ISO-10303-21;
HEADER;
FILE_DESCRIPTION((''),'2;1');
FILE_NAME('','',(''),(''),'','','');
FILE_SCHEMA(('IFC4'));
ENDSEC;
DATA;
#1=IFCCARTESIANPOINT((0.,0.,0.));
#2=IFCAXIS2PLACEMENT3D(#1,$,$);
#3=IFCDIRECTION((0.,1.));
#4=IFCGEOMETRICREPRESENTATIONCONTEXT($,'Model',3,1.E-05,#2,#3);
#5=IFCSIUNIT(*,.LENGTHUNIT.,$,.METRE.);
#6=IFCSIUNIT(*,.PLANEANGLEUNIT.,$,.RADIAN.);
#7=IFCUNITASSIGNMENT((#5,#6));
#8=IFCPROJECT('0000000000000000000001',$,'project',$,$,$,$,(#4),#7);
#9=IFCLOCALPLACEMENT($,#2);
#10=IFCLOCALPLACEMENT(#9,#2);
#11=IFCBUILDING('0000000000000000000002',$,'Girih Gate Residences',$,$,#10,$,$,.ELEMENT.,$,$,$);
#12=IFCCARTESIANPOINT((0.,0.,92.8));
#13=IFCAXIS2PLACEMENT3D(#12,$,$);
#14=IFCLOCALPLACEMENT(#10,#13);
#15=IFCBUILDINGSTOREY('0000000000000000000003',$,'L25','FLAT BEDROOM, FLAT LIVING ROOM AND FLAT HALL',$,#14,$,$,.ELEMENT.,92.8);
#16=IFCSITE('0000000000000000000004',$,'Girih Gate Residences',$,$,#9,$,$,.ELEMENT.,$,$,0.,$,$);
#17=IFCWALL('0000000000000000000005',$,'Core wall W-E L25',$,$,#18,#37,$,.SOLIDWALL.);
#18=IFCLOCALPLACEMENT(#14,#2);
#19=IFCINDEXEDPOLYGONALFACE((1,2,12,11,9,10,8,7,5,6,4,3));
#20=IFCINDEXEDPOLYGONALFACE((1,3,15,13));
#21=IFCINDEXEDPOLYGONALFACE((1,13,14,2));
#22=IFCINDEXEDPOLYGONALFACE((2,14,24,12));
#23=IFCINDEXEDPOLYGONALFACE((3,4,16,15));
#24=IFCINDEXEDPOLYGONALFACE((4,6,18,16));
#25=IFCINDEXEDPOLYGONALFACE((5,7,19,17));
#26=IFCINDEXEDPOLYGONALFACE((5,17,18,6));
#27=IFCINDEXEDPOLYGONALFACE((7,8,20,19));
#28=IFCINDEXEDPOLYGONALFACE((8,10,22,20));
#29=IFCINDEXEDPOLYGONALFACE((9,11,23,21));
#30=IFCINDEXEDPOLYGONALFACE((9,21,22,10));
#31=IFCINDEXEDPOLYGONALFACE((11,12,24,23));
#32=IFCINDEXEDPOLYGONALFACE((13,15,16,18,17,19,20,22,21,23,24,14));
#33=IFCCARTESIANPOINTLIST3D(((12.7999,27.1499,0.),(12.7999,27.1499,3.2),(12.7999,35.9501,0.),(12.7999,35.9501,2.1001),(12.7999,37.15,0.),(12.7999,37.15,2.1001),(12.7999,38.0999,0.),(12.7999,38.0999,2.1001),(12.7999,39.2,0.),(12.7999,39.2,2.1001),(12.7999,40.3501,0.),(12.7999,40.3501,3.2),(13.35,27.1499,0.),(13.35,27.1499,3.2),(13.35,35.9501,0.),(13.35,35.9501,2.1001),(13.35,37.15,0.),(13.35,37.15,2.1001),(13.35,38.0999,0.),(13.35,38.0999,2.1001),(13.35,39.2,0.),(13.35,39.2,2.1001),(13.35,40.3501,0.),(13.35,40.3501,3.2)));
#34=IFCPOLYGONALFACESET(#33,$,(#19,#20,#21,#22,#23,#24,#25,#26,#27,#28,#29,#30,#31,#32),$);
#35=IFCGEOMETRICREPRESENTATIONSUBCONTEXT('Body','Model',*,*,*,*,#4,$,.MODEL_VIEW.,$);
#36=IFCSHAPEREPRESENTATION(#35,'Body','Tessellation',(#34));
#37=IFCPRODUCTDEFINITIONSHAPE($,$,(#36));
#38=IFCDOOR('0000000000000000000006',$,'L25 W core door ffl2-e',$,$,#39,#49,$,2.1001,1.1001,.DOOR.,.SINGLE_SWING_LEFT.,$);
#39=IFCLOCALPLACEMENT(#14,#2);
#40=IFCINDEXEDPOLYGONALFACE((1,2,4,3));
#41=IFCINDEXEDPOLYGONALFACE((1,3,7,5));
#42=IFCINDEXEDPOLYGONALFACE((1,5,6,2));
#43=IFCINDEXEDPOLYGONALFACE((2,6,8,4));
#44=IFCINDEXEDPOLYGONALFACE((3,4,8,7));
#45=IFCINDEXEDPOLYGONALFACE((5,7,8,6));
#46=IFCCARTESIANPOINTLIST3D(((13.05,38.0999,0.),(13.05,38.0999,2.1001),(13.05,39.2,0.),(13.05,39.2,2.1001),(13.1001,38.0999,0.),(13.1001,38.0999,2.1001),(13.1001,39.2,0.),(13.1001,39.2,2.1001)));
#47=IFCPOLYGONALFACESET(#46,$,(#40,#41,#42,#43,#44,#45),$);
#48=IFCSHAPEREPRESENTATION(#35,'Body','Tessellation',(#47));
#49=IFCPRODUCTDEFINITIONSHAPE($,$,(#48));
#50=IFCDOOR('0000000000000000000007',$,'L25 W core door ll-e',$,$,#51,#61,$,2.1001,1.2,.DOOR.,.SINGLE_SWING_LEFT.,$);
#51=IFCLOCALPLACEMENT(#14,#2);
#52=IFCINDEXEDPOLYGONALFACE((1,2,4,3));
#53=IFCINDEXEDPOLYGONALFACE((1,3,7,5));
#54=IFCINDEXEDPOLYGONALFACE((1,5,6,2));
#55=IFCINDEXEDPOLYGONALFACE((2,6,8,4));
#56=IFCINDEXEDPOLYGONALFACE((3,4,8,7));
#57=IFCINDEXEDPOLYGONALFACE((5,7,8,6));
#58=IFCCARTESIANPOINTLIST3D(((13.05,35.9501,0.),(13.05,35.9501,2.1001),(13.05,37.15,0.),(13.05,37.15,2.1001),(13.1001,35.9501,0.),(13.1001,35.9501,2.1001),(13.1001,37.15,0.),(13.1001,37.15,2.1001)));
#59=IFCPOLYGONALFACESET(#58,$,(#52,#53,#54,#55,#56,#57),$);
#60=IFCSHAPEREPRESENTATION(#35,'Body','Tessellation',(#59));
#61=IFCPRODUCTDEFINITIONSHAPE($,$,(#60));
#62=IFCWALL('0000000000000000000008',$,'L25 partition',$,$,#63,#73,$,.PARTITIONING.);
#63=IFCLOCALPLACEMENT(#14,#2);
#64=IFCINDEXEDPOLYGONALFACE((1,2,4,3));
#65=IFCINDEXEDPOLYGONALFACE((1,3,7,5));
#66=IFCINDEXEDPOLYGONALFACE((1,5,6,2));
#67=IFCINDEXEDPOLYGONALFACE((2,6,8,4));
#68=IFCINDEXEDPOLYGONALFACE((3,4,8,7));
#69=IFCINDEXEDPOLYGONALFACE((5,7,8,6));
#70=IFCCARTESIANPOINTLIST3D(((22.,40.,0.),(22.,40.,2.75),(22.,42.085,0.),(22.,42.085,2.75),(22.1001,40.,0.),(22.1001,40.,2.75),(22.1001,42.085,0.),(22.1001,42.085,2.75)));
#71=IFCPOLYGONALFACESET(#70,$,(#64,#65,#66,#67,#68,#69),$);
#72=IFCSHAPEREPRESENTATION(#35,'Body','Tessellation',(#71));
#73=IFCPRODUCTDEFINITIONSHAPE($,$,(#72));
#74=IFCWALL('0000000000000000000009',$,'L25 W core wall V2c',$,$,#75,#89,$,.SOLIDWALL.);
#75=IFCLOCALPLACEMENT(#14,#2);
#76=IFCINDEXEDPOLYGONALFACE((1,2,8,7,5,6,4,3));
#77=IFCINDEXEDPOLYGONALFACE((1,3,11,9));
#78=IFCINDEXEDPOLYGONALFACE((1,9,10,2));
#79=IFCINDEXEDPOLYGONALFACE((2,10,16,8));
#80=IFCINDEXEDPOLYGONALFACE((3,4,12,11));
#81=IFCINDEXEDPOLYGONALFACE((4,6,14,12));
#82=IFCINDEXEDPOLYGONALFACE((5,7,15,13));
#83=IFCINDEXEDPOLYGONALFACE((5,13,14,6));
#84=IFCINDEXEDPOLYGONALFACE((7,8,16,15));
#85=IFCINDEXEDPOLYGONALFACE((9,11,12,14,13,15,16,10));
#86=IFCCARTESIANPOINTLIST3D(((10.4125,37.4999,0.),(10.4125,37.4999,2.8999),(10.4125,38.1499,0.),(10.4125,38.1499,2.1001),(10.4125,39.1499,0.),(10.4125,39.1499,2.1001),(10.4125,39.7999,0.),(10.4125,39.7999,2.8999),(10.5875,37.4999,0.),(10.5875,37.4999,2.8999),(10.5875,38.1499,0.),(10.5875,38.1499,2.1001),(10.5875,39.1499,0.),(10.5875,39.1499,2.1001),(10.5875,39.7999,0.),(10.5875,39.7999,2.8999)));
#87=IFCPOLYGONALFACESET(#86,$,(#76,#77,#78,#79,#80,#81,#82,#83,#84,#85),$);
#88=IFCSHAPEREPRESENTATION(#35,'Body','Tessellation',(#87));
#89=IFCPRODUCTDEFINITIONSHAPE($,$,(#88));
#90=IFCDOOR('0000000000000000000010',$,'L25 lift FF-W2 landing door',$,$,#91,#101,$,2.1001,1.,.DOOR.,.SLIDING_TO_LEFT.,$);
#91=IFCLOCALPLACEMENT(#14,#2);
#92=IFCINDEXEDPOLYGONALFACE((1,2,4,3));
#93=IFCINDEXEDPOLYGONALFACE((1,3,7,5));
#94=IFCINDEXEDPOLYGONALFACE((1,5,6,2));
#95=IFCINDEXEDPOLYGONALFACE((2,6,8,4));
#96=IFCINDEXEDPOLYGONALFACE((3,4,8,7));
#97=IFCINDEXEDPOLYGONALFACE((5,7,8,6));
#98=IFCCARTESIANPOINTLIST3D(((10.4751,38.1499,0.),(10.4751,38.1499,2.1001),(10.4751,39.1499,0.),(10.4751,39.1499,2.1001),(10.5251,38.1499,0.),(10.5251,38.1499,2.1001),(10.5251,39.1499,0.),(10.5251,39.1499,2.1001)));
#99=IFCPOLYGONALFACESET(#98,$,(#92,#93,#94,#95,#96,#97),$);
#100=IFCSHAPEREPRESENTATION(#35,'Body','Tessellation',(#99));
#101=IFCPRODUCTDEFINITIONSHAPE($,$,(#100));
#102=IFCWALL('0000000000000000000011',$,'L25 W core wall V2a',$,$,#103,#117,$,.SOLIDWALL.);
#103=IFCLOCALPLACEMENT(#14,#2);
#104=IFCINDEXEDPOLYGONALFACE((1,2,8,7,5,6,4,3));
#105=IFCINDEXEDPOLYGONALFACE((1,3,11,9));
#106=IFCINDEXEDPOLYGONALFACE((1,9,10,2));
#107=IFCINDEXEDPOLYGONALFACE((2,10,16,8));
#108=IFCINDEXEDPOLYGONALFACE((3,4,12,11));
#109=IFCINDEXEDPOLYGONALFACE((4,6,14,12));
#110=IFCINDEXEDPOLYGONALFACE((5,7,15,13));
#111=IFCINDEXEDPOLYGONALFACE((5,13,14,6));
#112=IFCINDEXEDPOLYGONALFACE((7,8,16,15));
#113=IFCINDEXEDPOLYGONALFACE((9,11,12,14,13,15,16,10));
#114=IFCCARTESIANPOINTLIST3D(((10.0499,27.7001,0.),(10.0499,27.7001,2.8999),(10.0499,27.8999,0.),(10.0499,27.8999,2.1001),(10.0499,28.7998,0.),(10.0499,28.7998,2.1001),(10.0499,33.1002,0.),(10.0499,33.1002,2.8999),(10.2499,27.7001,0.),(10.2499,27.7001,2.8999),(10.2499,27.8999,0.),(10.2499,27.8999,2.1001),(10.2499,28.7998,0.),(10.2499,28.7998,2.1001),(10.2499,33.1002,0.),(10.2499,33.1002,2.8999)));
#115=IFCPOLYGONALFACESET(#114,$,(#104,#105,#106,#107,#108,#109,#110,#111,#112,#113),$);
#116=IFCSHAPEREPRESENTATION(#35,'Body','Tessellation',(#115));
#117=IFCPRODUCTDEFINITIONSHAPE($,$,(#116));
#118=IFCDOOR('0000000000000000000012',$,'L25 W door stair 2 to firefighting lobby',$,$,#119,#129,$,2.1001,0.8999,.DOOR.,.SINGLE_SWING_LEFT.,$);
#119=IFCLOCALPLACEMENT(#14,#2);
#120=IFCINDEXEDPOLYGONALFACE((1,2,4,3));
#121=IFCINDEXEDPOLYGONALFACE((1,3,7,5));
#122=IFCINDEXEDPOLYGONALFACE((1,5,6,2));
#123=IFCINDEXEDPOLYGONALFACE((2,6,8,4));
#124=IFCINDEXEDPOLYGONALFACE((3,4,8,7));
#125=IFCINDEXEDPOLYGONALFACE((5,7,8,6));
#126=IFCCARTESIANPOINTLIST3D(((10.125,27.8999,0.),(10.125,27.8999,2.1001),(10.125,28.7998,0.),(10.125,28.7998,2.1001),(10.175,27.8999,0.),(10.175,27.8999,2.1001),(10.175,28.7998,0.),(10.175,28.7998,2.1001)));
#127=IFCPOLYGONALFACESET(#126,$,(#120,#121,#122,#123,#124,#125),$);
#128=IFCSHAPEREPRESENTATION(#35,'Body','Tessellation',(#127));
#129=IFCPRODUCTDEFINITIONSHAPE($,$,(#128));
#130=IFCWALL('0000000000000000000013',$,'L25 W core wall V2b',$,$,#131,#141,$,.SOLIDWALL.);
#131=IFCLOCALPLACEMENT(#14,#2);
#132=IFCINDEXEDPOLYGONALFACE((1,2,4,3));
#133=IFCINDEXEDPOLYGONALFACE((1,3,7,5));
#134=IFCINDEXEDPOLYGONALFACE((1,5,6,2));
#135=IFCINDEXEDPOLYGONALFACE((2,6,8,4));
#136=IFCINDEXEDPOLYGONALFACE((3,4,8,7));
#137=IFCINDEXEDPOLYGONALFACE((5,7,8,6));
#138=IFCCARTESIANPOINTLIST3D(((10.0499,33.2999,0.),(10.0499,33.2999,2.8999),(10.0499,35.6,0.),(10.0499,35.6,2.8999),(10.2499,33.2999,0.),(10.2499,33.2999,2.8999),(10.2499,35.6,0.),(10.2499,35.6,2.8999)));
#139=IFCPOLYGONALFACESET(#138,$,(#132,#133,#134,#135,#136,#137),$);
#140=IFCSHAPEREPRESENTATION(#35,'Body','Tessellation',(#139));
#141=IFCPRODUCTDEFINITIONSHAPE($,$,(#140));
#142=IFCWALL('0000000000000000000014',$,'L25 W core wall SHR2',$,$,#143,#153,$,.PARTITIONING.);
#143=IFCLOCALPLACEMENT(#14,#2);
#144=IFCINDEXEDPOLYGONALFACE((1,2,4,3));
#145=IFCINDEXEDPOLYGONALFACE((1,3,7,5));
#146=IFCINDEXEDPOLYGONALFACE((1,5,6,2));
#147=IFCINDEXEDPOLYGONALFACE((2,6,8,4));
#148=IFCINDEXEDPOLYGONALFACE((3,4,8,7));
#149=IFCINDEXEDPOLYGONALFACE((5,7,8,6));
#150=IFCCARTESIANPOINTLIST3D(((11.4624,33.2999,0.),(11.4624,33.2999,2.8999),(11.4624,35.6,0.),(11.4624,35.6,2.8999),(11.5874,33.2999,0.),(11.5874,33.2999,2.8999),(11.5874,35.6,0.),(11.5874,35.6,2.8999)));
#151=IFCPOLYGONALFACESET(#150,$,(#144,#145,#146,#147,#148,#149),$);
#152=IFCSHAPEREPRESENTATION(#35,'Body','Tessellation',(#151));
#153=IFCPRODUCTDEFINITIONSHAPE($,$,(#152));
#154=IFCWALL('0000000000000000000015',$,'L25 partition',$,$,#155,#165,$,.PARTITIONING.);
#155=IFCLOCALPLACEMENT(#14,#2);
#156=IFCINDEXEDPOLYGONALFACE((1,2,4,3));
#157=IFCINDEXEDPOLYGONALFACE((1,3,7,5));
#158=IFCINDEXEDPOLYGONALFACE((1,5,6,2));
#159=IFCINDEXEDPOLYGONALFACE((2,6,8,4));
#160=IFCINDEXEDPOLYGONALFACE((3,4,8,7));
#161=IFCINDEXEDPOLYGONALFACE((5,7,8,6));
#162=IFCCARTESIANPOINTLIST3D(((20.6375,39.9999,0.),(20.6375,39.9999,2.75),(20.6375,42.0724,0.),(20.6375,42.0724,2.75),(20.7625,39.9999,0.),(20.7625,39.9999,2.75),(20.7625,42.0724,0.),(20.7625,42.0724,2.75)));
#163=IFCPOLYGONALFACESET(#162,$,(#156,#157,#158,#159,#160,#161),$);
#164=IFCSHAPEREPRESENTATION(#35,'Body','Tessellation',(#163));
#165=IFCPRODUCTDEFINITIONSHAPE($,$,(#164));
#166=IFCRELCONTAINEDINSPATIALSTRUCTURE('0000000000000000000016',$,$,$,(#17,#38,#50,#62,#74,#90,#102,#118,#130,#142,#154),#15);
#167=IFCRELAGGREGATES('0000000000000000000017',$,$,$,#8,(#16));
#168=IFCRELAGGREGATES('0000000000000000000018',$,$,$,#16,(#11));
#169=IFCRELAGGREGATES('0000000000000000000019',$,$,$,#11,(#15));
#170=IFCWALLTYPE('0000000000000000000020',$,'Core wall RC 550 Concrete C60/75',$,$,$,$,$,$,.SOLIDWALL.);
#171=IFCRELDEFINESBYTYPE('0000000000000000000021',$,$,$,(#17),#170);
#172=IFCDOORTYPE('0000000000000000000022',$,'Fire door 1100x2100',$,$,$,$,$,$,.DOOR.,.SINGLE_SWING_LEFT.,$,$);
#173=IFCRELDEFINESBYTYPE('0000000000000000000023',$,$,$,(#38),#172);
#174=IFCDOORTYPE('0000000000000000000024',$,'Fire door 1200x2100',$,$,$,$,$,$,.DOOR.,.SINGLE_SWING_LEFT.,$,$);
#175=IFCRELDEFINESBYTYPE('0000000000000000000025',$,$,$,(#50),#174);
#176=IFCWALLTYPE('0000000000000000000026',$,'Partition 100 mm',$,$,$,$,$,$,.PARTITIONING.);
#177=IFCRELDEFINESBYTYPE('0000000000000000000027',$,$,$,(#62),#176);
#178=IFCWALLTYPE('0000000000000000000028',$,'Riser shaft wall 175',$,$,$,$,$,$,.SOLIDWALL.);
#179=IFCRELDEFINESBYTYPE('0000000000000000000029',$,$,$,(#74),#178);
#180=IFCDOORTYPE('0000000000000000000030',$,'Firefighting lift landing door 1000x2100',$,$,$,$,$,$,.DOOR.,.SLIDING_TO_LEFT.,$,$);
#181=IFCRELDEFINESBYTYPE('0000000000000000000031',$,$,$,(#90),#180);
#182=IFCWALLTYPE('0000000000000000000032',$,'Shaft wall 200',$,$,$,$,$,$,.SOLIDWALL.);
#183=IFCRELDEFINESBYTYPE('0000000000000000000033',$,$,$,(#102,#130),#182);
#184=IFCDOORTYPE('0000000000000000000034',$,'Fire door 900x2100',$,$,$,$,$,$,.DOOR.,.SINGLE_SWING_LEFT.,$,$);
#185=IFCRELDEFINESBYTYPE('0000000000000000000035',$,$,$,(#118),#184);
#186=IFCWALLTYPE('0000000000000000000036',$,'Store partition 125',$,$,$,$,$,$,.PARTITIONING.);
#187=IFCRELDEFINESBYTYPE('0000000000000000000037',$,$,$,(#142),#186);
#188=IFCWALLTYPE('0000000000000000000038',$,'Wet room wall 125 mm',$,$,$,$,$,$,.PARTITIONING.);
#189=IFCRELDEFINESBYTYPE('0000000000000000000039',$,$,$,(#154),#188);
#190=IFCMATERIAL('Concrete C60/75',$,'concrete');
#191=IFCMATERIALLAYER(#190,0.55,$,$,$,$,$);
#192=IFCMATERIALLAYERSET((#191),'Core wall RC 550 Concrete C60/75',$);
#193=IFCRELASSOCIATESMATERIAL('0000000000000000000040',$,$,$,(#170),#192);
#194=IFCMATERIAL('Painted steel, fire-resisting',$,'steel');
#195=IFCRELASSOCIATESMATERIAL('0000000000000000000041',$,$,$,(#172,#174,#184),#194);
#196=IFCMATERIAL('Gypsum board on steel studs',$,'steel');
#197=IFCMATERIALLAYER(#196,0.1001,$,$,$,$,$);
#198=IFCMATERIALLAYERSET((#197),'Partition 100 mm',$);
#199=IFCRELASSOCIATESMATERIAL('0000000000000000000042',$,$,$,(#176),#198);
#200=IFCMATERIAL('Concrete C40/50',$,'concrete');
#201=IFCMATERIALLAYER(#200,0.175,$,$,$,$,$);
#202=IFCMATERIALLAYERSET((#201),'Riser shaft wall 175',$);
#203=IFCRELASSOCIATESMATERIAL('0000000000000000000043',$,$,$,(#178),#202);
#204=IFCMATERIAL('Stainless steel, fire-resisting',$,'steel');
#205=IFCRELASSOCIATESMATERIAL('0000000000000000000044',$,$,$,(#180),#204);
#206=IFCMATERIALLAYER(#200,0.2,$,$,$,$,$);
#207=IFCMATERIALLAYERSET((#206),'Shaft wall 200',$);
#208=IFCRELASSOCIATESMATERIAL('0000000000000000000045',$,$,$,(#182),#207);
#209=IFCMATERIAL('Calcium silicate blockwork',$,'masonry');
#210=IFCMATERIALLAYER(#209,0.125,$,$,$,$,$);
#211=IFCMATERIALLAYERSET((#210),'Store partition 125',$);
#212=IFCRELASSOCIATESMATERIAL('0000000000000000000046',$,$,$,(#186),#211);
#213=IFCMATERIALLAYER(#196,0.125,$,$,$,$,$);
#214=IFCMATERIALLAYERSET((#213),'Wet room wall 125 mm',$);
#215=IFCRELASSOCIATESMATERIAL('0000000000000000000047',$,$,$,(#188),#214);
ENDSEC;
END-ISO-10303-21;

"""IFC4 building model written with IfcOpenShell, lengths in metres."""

from ifc_helpers import new_model, si_unit, direction, frame, frame_2d, origin, place, context, subcontext, project, spatial, rectangle, extrude, material, layer, layer_set, type_object, element, fill, save


model = new_model("IFC4")

# Units and contexts
model_context = context("Model", 3, precision=1e-05, world=origin(), true_north=direction((0.0, 1.0)))
body_context = subcontext(model_context, "Body", "Model", "MODEL_VIEW")
ifc_project = project(units=[si_unit("LENGTHUNIT", "METRE"), si_unit("PLANEANGLEUNIT", "RADIAN")], contexts=[model_context])

# Site, building, storey
site_placement = place(None, origin())
site = spatial("IfcSite", under=ifc_project, at=site_placement, Name="Girih Gate Residences", CompositionType="ELEMENT", RefElevation=0.0)
building_placement = place(site_placement, origin())
building = spatial("IfcBuilding", under=site, at=building_placement, Name="Girih Gate Residences", CompositionType="ELEMENT")
storey_placement = place(building_placement, frame((0.0, 0.0, 92.8)))
storey = spatial("IfcBuildingStorey", under=building, at=storey_placement, Name="L25", Description="FLAT BEDROOM, FLAT LIVING ROOM AND FLAT HALL", CompositionType="ELEMENT", Elevation=92.8)

# Shared definitions
ifc_material_1 = material(Name="Concrete C60/75", Category="concrete")

# Shared definitions
ifc_material_2 = material(Name="Gypsum board on steel studs", Category="steel")

# Wall, openings, doors
ifc_layer_1 = layer(ifc_material_1, 0.55)
ifc_layer_set_1 = layer_set([ifc_layer_1], Name="Core wall RC 550 Concrete C60/75")
wall_type_1 = type_object("IfcWallType", Name="Core wall RC 550 Concrete C60/75", PredefinedType="SOLIDWALL", material=ifc_layer_set_1)
wall_1_placement = place(storey_placement, frame((13.075, 27.1499, 0.0), z_axis=(0.0, 0.0, 1.0), x_axis=(0.0, 1.0, 0.0)))
wall_1 = element("IfcWall", 1, at=wall_1_placement, inside=storey, type_object=wall_type_1, Name="Core wall W-E L25", PredefinedType="SOLIDWALL", context=body_context, shape_type="SweptSolid", body=[
    extrude(rectangle(XDim=13.2002, YDim=0.55, at=frame_2d((6.6001, 0.0))), origin(), (0.0, 0.0, 1.0), 3.2),
])
opening_1_placement = place(wall_1_placement, frame((10.95, 0.0, 0.0)))
opening_1 = element("IfcOpeningElement", 2, at=opening_1_placement, cuts=wall_1, PredefinedType="OPENING", context=body_context, shape_type="SweptSolid", body=[
    extrude(rectangle(XDim=1.1001, YDim=2.1001, at=frame_2d((0.55, 1.05))), frame((0.0, 0.2849, 0.0), z_axis=(0.0, -1.0, 0.0), x_axis=(1.0, 0.0, 0.0)), (0.0, 0.0, 1.0), 0.5701),
])
opening_2_placement = place(wall_1_placement, frame((8.8, 0.0, 0.0)))
opening_2 = element("IfcOpeningElement", 3, at=opening_2_placement, cuts=wall_1, PredefinedType="OPENING", context=body_context, shape_type="SweptSolid", body=[
    extrude(rectangle(XDim=1.2, YDim=2.1001, at=frame_2d((0.6001, 1.05))), frame((0.0, 0.2849, 0.0), z_axis=(0.0, -1.0, 0.0), x_axis=(1.0, 0.0, 0.0)), (0.0, 0.0, 1.0), 0.5701),
])
ifc_material_3 = material(Name="Painted steel, fire-resisting", Category="steel")
door_type_1 = type_object("IfcDoorType", Name="Fire door 1100x2100", OperationType="SINGLE_SWING_LEFT", PredefinedType="DOOR", material=ifc_material_3)
door_1_placement = place(opening_1_placement, origin())
door_1 = element("IfcDoor", 4, at=door_1_placement, inside=storey, type_object=door_type_1, Name="L25 W core door ffl2-e", OperationType="SINGLE_SWING_LEFT", OverallHeight=2.1001, OverallWidth=1.1001, PredefinedType="DOOR", context=body_context, shape_type="SweptSolid", body=[
    extrude(rectangle(XDim=1.1001, YDim=2.1001, at=frame_2d((0.55, 1.05))), frame((0.0, 0.0249, 0.0), z_axis=(0.0, -1.0, 0.0), x_axis=(1.0, 0.0, 0.0)), (0.0, 0.0, 1.0), 0.05),
])
fill(opening_1, door_1)
door_type_2 = type_object("IfcDoorType", Name="Fire door 1200x2100", OperationType="SINGLE_SWING_LEFT", PredefinedType="DOOR", material=ifc_material_3)
door_2_placement = place(opening_2_placement, origin())
door_2 = element("IfcDoor", 5, at=door_2_placement, inside=storey, type_object=door_type_2, Name="L25 W core door ll-e", OperationType="SINGLE_SWING_LEFT", OverallHeight=2.1001, OverallWidth=1.2, PredefinedType="DOOR", context=body_context, shape_type="SweptSolid", body=[
    extrude(rectangle(XDim=1.2, YDim=2.1001, at=frame_2d((0.6001, 1.05))), frame((0.0, 0.0249, 0.0), z_axis=(0.0, -1.0, 0.0), x_axis=(1.0, 0.0, 0.0)), (0.0, 0.0, 1.0), 0.05),
])
fill(opening_2, door_2)

# Wall
ifc_layer_2 = layer(ifc_material_2, 0.1001)
ifc_layer_set_2 = layer_set([ifc_layer_2], Name="Partition 100 mm")
wall_type_2 = type_object("IfcWallType", Name="Partition 100 mm", PredefinedType="PARTITIONING", material=ifc_layer_set_2)
wall_2_placement = place(storey_placement, frame((22.05, 40.0, 0.0), z_axis=(0.0, 0.0, 1.0), x_axis=(0.0, 1.0, 0.0)))
element("IfcWall", 6, at=wall_2_placement, inside=storey, type_object=wall_type_2, Name="L25 partition", PredefinedType="PARTITIONING", context=body_context, shape_type="SweptSolid", body=[
    extrude(rectangle(XDim=2.085, YDim=0.1001, at=frame_2d((1.0425, 0.0))), origin(), (0.0, 0.0, 1.0), 2.75),
])

# Walls, openings, doors
ifc_material_4 = material(Name="Concrete C40/50", Category="concrete")
ifc_layer_3 = layer(ifc_material_4, 0.175)
ifc_layer_set_3 = layer_set([ifc_layer_3], Name="Riser shaft wall 175")
wall_type_3 = type_object("IfcWallType", Name="Riser shaft wall 175", PredefinedType="SOLIDWALL", material=ifc_layer_set_3)
wall_3_placement = place(storey_placement, frame((10.5, 37.5, 0.0), z_axis=(0.0, 0.0, 1.0), x_axis=(0.0, 1.0, 0.0)))
wall_3 = element("IfcWall", 7, at=wall_3_placement, inside=storey, type_object=wall_type_3, Name="L25 W core wall V2c", PredefinedType="SOLIDWALL", context=body_context, shape_type="SweptSolid", body=[
    extrude(rectangle(XDim=2.3, YDim=0.175, at=frame_2d((1.1499, 0.0))), origin(), (0.0, 0.0, 1.0), 2.8999),
])
opening_3_placement = place(wall_3_placement, frame((0.6499, 0.0, 0.0)))
opening_3 = element("IfcOpeningElement", 8, at=opening_3_placement, cuts=wall_3, PredefinedType="OPENING", context=body_context, shape_type="SweptSolid", body=[
    extrude(rectangle(XDim=1.0, YDim=2.1001, at=frame_2d((0.5, 1.05))), frame((0.0, 0.0974, 0.0), z_axis=(0.0, -1.0, 0.0), x_axis=(1.0, 0.0, 0.0)), (0.0, 0.0, 1.0), 0.1951),
])
ifc_material_5 = material(Name="Stainless steel, fire-resisting", Category="steel")
door_type_3 = type_object("IfcDoorType", Name="Firefighting lift landing door 1000x2100", OperationType="SLIDING_TO_LEFT", PredefinedType="DOOR", material=ifc_material_5)
door_3_placement = place(opening_3_placement, origin())
door_3 = element("IfcDoor", 9, at=door_3_placement, inside=storey, type_object=door_type_3, Name="L25 lift FF-W2 landing door", OperationType="SLIDING_TO_LEFT", OverallHeight=2.1001, OverallWidth=1.0, PredefinedType="DOOR", context=body_context, shape_type="SweptSolid", body=[
    extrude(rectangle(XDim=1.0, YDim=2.1001, at=frame_2d((0.5, 1.05))), frame((0.0, 0.0249, 0.0), z_axis=(0.0, -1.0, 0.0), x_axis=(1.0, 0.0, 0.0)), (0.0, 0.0, 1.0), 0.05),
])
fill(opening_3, door_3)
ifc_layer_4 = layer(ifc_material_4, 0.2)
ifc_layer_set_4 = layer_set([ifc_layer_4], Name="Shaft wall 200")
wall_type_4 = type_object("IfcWallType", Name="Shaft wall 200", PredefinedType="SOLIDWALL", material=ifc_layer_set_4)
wall_4_placement = place(storey_placement, frame((10.1499, 27.7, 0.0), z_axis=(0.0, 0.0, 1.0), x_axis=(0.0, 1.0, 0.0)))
wall_4 = element("IfcWall", 10, at=wall_4_placement, inside=storey, type_object=wall_type_4, Name="L25 W core wall V2a", PredefinedType="SOLIDWALL", context=body_context, shape_type="SweptSolid", body=[
    extrude(rectangle(XDim=5.4001, YDim=0.2, at=frame_2d((2.7002, 0.0))), origin(), (0.0, 0.0, 1.0), 2.8999),
])
opening_4_placement = place(wall_4_placement, frame((0.2, 0.0, 0.0)))
opening_4 = element("IfcOpeningElement", 11, at=opening_4_placement, cuts=wall_4, PredefinedType="OPENING", context=body_context, shape_type="SweptSolid", body=[
    extrude(rectangle(XDim=0.8999, YDim=2.1001, at=frame_2d((0.45, 1.05))), frame((0.0, 0.1099, 0.0), z_axis=(0.0, -1.0, 0.0), x_axis=(1.0, 0.0, 0.0)), (0.0, 0.0, 1.0), 0.22),
])
door_type_4 = type_object("IfcDoorType", Name="Fire door 900x2100", OperationType="SINGLE_SWING_LEFT", PredefinedType="DOOR", material=ifc_material_3)
door_4_placement = place(opening_4_placement, origin())
door_4 = element("IfcDoor", 12, at=door_4_placement, inside=storey, type_object=door_type_4, Name="L25 W door stair 2 to firefighting lobby", OperationType="SINGLE_SWING_LEFT", OverallHeight=2.1001, OverallWidth=0.8999, PredefinedType="DOOR", context=body_context, shape_type="SweptSolid", body=[
    extrude(rectangle(XDim=0.8999, YDim=2.1001, at=frame_2d((0.45, 1.05))), frame((0.0, 0.0249, 0.0), z_axis=(0.0, -1.0, 0.0), x_axis=(1.0, 0.0, 0.0)), (0.0, 0.0, 1.0), 0.05),
])
fill(opening_4, door_4)

# Walls
wall_5_placement = place(storey_placement, frame((10.1499, 33.3, 0.0), z_axis=(0.0, 0.0, 1.0), x_axis=(0.0, 1.0, 0.0)))
element("IfcWall", 13, at=wall_5_placement, inside=storey, type_object=wall_type_4, Name="L25 W core wall V2b", PredefinedType="SOLIDWALL", context=body_context, shape_type="SweptSolid", body=[
    extrude(rectangle(XDim=2.3, YDim=0.2, at=frame_2d((1.1499, 0.0))), origin(), (0.0, 0.0, 1.0), 2.8999),
])
ifc_material_6 = material(Name="Calcium silicate blockwork", Category="masonry")
ifc_layer_5 = layer(ifc_material_6, 0.125)
ifc_layer_set_5 = layer_set([ifc_layer_5], Name="Store partition 125")
wall_type_5 = type_object("IfcWallType", Name="Store partition 125", PredefinedType="PARTITIONING", material=ifc_layer_set_5)
wall_6_placement = place(storey_placement, frame((11.5249, 33.3, 0.0), z_axis=(0.0, 0.0, 1.0), x_axis=(0.0, 1.0, 0.0)))
element("IfcWall", 14, at=wall_6_placement, inside=storey, type_object=wall_type_5, Name="L25 W core wall SHR2", PredefinedType="PARTITIONING", context=body_context, shape_type="SweptSolid", body=[
    extrude(rectangle(XDim=2.3, YDim=0.125, at=frame_2d((1.1499, 0.0))), origin(), (0.0, 0.0, 1.0), 2.8999),
])
ifc_layer_6 = layer(ifc_material_2, 0.125)
ifc_layer_set_6 = layer_set([ifc_layer_6], Name="Wet room wall 125 mm")
wall_type_6 = type_object("IfcWallType", Name="Wet room wall 125 mm", PredefinedType="PARTITIONING", material=ifc_layer_set_6)
wall_7_placement = place(storey_placement, frame((20.7, 40.0, 0.0), z_axis=(0.0, 0.0, 1.0), x_axis=(0.0, 1.0, 0.0)))
element("IfcWall", 15, at=wall_7_placement, inside=storey, type_object=wall_type_6, Name="L25 partition", PredefinedType="PARTITIONING", context=body_context, shape_type="SweptSolid", body=[
    extrude(rectangle(XDim=2.0725, YDim=0.125, at=frame_2d((1.0361, 0.0))), origin(), (0.0, 0.0, 1.0), 2.75),
])

save(model, "model.ifc")
